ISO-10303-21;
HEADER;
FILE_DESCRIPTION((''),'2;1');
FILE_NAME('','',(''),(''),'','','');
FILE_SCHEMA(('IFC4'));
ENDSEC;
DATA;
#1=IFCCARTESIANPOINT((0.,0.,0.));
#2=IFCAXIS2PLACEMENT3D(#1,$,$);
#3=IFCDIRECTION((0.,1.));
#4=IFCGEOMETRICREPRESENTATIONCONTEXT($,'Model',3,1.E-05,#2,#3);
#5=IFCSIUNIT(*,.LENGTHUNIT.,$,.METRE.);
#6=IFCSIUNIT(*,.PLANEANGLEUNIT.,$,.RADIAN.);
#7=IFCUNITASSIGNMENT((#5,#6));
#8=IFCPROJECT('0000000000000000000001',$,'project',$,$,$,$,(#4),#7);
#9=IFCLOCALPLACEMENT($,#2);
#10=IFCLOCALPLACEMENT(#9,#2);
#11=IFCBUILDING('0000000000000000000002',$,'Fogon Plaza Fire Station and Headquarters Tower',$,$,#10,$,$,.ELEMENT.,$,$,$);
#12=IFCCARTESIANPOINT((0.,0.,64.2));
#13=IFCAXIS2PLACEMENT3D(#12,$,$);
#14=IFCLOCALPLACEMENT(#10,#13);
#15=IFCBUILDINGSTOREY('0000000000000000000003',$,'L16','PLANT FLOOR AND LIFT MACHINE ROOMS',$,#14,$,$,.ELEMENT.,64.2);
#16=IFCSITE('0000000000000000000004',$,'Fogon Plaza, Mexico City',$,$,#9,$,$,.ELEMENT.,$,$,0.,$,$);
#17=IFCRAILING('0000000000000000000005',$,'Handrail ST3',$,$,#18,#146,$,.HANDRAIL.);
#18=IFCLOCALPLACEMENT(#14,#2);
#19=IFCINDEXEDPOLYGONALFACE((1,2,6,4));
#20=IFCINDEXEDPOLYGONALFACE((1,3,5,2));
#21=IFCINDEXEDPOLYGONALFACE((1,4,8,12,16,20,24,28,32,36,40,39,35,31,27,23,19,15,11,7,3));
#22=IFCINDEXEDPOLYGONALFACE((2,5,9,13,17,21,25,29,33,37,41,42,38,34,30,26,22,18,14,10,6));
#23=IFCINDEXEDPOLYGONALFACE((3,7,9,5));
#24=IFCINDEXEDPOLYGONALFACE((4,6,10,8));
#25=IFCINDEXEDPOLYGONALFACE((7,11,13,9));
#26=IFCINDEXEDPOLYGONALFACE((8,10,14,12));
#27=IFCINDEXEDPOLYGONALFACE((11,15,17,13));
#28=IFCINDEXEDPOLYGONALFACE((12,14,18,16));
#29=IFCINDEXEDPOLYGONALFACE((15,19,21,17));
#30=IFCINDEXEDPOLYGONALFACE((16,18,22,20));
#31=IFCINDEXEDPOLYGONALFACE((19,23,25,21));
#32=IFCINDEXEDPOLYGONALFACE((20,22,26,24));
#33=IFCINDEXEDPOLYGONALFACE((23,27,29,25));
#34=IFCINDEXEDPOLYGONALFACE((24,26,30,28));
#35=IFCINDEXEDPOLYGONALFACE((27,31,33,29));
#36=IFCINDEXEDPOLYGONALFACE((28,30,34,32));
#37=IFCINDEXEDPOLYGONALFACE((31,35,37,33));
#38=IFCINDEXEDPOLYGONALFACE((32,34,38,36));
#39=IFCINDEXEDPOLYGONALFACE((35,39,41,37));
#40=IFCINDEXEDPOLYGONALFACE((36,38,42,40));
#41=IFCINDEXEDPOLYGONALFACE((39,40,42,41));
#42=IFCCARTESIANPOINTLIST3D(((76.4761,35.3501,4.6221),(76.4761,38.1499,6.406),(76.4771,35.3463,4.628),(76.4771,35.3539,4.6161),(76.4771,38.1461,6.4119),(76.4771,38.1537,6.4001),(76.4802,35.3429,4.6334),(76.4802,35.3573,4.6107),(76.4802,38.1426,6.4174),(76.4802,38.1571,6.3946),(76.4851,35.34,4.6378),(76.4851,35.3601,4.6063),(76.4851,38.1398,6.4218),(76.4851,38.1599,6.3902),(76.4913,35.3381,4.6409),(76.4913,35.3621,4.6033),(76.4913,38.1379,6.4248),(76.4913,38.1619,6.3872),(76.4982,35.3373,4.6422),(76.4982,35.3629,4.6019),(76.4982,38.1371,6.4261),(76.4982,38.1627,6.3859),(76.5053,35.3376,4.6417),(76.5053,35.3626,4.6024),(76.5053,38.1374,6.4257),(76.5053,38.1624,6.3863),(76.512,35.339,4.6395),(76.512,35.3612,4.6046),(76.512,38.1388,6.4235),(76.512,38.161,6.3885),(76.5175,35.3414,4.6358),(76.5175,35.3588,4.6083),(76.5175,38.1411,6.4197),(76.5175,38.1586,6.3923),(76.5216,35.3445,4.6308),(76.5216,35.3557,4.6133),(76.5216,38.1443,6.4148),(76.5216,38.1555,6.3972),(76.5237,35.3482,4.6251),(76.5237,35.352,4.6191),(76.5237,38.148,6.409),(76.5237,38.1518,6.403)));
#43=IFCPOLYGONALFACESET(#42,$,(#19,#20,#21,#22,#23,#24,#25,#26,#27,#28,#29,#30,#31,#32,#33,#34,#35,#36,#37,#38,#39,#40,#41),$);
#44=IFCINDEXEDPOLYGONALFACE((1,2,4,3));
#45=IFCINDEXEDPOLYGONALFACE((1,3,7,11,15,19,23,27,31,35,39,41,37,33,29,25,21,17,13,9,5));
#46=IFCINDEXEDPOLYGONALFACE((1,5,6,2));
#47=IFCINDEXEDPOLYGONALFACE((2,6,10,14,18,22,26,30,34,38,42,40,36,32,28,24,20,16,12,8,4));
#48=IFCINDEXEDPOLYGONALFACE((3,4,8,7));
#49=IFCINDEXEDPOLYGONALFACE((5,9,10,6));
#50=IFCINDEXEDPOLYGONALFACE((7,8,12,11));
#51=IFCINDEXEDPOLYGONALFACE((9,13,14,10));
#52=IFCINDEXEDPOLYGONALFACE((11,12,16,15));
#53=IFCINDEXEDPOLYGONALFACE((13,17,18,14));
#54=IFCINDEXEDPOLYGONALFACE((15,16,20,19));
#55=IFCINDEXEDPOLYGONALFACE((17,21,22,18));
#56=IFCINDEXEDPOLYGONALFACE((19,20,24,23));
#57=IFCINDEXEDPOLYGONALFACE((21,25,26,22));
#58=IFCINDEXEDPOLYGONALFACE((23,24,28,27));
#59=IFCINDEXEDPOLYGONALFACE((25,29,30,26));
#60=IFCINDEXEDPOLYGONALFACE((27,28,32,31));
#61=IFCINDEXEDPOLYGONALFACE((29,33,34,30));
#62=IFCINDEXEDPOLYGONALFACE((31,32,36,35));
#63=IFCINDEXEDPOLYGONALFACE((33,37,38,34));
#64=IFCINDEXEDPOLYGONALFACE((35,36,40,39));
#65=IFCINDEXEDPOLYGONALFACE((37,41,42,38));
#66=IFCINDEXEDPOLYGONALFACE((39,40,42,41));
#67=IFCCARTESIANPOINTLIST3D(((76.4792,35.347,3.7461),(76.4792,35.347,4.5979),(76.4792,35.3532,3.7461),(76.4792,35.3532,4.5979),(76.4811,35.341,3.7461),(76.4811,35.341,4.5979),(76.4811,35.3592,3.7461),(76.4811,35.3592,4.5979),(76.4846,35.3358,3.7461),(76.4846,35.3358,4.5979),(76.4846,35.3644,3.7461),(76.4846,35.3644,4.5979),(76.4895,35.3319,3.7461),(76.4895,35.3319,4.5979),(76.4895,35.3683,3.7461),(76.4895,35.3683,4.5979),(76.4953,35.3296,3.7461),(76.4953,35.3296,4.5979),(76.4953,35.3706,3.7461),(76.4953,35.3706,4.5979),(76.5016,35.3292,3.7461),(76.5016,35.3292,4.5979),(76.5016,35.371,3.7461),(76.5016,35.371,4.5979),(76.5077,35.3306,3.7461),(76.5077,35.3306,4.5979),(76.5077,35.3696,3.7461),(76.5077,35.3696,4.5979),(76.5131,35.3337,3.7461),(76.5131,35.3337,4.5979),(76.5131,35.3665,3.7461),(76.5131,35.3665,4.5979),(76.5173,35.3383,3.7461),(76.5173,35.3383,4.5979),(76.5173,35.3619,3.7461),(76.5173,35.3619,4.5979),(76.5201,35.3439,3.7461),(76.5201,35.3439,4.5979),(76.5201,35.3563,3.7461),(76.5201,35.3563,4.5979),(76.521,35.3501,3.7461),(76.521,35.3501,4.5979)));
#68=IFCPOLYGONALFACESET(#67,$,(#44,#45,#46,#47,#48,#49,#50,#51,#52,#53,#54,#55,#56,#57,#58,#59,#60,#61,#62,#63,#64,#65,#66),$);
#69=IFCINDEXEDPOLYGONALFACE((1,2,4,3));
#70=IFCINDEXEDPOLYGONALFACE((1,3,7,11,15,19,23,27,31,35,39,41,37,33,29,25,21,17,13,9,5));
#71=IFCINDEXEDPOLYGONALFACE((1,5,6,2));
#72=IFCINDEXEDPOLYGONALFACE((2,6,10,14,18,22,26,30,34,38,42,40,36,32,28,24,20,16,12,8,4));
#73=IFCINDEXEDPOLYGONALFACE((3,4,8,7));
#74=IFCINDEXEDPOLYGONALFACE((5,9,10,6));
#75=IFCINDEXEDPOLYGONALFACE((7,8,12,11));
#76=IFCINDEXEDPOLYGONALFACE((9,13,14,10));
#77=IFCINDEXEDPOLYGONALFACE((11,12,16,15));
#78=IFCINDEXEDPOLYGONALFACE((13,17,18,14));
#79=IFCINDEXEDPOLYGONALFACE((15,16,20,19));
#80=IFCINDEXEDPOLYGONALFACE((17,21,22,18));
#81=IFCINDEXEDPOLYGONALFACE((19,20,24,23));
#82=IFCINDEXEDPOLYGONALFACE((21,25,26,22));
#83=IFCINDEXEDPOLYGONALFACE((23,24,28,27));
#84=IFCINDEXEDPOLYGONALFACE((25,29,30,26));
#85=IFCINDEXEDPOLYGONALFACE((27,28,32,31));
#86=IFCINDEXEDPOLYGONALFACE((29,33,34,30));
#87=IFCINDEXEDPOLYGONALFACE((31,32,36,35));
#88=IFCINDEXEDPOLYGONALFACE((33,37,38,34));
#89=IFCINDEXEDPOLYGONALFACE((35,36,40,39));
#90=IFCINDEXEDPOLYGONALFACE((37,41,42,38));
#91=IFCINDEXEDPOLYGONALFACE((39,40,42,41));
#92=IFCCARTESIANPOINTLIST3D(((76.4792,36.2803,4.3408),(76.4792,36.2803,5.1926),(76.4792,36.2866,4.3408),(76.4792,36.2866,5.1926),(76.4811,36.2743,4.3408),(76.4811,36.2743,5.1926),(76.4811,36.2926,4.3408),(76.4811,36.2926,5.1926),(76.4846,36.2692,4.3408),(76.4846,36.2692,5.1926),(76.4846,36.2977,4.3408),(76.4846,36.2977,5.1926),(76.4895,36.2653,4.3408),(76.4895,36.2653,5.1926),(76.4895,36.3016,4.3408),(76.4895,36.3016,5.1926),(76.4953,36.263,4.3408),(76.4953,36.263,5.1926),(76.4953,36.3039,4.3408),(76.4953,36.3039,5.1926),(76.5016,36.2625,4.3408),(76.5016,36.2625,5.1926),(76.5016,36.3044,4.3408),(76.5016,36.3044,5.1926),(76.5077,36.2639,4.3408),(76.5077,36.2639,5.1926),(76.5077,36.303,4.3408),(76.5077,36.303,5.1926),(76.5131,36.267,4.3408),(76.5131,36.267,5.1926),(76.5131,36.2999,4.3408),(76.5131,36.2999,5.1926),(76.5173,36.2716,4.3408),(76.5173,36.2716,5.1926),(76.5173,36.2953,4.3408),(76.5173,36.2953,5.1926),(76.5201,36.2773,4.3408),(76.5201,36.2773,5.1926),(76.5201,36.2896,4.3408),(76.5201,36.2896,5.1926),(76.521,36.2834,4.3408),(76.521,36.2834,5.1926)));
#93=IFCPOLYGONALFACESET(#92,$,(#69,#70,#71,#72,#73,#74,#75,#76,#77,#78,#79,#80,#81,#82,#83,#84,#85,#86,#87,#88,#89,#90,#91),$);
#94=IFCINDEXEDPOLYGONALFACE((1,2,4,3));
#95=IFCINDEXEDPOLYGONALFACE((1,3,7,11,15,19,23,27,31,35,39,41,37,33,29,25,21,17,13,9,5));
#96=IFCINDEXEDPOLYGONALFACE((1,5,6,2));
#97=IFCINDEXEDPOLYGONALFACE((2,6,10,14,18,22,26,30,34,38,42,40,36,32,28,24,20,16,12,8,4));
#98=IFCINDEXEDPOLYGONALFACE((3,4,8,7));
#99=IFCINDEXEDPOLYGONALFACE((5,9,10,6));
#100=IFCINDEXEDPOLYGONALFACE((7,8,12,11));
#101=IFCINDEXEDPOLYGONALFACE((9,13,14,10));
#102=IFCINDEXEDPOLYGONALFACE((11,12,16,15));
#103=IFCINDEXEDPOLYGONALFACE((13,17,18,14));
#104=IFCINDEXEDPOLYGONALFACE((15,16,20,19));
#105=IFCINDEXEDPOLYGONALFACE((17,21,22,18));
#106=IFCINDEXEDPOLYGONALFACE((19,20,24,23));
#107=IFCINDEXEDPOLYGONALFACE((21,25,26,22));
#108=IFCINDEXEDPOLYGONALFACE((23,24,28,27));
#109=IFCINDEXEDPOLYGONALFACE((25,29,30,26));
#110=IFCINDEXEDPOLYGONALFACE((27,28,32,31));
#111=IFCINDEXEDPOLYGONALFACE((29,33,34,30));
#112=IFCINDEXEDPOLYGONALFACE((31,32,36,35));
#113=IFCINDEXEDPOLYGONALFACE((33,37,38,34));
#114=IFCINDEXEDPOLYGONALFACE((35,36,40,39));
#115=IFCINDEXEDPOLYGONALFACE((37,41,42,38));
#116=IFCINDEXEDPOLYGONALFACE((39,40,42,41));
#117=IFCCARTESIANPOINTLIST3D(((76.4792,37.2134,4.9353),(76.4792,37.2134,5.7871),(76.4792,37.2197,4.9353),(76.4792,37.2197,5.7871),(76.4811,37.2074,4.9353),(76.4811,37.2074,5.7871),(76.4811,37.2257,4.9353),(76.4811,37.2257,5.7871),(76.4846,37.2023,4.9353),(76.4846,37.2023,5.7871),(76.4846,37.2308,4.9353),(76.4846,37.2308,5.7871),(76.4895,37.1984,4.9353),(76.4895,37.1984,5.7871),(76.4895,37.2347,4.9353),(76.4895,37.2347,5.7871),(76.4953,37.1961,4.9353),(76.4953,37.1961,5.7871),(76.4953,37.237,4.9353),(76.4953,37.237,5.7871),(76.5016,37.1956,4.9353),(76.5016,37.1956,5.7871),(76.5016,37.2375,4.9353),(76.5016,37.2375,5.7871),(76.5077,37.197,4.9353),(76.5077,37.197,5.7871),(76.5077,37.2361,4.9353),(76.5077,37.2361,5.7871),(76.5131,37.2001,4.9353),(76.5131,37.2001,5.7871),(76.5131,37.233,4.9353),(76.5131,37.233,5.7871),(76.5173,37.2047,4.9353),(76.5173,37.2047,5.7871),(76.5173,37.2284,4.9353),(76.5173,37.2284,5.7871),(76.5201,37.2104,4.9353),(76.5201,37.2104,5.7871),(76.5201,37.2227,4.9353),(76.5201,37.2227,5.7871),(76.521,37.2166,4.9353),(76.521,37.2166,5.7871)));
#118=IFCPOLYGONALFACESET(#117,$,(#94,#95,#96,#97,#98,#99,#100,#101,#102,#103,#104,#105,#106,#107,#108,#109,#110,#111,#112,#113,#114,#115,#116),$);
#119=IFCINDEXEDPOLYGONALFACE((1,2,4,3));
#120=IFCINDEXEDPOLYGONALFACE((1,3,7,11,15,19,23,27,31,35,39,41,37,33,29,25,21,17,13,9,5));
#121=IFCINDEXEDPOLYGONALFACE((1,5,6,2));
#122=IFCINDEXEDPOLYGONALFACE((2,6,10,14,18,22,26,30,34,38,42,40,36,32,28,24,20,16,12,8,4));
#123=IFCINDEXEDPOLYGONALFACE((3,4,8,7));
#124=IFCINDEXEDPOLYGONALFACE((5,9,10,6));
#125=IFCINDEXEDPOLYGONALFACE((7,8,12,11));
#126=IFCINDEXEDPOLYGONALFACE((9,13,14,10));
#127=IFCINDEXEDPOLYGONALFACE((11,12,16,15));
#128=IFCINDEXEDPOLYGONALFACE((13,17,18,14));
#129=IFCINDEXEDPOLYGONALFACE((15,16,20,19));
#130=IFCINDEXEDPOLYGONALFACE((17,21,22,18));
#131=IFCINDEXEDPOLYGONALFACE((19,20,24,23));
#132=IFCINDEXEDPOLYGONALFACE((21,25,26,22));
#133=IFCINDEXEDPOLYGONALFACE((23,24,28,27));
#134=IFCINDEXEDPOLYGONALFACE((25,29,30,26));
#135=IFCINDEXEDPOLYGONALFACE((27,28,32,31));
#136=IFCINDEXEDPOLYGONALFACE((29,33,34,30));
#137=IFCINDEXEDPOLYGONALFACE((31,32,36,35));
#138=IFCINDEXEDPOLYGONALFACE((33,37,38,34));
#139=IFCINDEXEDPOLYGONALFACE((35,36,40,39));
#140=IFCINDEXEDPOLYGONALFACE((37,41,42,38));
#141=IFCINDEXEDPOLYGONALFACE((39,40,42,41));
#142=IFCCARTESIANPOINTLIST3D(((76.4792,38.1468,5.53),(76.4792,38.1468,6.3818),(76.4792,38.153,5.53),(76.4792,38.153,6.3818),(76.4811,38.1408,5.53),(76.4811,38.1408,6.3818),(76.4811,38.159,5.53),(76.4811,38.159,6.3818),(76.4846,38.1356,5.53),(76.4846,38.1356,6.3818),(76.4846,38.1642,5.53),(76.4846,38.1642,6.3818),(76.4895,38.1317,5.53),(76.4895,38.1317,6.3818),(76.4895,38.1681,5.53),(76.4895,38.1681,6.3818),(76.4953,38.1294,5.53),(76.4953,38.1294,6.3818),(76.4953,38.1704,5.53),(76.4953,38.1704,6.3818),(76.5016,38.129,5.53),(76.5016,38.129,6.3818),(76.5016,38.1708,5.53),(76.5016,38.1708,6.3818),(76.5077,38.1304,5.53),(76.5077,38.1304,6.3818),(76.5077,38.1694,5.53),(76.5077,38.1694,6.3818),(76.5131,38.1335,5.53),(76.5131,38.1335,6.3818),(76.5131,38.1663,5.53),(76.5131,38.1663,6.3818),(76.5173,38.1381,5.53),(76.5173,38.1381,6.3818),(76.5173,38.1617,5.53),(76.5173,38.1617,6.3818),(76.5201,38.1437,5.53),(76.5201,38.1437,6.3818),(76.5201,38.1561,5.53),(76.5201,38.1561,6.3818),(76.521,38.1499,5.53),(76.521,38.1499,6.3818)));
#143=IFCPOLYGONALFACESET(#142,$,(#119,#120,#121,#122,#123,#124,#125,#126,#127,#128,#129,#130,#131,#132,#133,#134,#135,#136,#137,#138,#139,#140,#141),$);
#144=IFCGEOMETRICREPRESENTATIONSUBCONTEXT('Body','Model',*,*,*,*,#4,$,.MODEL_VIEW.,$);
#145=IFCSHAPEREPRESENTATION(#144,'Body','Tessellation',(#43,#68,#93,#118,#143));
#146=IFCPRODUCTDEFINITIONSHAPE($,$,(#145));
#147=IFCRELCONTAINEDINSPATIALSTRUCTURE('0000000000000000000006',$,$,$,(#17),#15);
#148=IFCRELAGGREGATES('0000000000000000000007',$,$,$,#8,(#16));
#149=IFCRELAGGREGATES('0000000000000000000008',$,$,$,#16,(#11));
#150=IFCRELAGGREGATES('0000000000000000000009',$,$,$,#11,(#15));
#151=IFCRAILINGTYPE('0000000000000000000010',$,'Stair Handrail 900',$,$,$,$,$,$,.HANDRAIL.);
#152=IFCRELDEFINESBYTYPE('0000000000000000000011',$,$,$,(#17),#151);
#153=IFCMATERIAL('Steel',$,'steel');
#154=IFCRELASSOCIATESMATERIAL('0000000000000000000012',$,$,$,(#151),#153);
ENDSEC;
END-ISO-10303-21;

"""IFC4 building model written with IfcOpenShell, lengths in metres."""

from ifc_helpers import new_model, si_unit, direction, frame, origin, origin_2d, place, context, subcontext, project, spatial, circle, extrude, material, type_object, element, save


model = new_model("IFC4")

# Units and contexts
model_context = context("Model", 3, precision=1e-05, world=origin(), true_north=direction((0.0, 1.0)))
body_context = subcontext(model_context, "Body", "Model", "MODEL_VIEW")
ifc_project = project(units=[si_unit("LENGTHUNIT", "METRE"), si_unit("PLANEANGLEUNIT", "RADIAN")], contexts=[model_context])

# Site, building, storey
site_placement = place(None, origin())
site = spatial("IfcSite", under=ifc_project, at=site_placement, Name="Fogon Plaza, Mexico City", CompositionType="ELEMENT", RefElevation=0.0)
building_placement = place(site_placement, origin())
building = spatial("IfcBuilding", under=site, at=building_placement, Name="Fogon Plaza Fire Station and Headquarters Tower", CompositionType="ELEMENT")
storey_placement = place(building_placement, frame((0.0, 0.0, 64.2)))
storey = spatial("IfcBuildingStorey", under=building, at=storey_placement, Name="L16", Description="PLANT FLOOR AND LIFT MACHINE ROOMS", CompositionType="ELEMENT", Elevation=64.2)

# Railing
ifc_material_1 = material(Name="Steel", Category="steel")
railing_type = type_object("IfcRailingType", Name="Stair Handrail 900", PredefinedType="HANDRAIL", material=ifc_material_1)
for number, where, name in (
    (1, (76.5, 35.3501, 3.7461), "Handrail ST3"),
):
    element("IfcRailing", number, at=place(storey_placement, frame(where)), inside=storey, type_object=railing_type, Name=name, PredefinedType="HANDRAIL", context=body_context, shape_type="SweptSolid", body=[
        extrude(circle(Radius=0.0239, at=origin_2d()), frame((0.0, 0.0, 0.876), z_axis=(0.0, 0.843356, 0.537356), x_axis=(-1.0, 0.0, 0.0)), (0.0, 0.0, 1.0), 3.3198),
        extrude(circle(Radius=0.021, at=origin_2d()), origin(), (0.0, 0.0, 1.0), 0.8518),
        extrude(circle(Radius=0.021, at=origin_2d()), frame((0.0, 0.9333, 0.5947)), (0.0, 0.0, 1.0), 0.8518),
        extrude(circle(Radius=0.021, at=origin_2d()), frame((0.0, 1.8665, 1.1892)), (0.0, 0.0, 1.0), 0.8518),
        extrude(circle(Radius=0.021, at=origin_2d()), frame((0.0, 2.7998, 1.7839)), (0.0, 0.0, 1.0), 0.8518),
    ])

save(model, "model.ifc")
